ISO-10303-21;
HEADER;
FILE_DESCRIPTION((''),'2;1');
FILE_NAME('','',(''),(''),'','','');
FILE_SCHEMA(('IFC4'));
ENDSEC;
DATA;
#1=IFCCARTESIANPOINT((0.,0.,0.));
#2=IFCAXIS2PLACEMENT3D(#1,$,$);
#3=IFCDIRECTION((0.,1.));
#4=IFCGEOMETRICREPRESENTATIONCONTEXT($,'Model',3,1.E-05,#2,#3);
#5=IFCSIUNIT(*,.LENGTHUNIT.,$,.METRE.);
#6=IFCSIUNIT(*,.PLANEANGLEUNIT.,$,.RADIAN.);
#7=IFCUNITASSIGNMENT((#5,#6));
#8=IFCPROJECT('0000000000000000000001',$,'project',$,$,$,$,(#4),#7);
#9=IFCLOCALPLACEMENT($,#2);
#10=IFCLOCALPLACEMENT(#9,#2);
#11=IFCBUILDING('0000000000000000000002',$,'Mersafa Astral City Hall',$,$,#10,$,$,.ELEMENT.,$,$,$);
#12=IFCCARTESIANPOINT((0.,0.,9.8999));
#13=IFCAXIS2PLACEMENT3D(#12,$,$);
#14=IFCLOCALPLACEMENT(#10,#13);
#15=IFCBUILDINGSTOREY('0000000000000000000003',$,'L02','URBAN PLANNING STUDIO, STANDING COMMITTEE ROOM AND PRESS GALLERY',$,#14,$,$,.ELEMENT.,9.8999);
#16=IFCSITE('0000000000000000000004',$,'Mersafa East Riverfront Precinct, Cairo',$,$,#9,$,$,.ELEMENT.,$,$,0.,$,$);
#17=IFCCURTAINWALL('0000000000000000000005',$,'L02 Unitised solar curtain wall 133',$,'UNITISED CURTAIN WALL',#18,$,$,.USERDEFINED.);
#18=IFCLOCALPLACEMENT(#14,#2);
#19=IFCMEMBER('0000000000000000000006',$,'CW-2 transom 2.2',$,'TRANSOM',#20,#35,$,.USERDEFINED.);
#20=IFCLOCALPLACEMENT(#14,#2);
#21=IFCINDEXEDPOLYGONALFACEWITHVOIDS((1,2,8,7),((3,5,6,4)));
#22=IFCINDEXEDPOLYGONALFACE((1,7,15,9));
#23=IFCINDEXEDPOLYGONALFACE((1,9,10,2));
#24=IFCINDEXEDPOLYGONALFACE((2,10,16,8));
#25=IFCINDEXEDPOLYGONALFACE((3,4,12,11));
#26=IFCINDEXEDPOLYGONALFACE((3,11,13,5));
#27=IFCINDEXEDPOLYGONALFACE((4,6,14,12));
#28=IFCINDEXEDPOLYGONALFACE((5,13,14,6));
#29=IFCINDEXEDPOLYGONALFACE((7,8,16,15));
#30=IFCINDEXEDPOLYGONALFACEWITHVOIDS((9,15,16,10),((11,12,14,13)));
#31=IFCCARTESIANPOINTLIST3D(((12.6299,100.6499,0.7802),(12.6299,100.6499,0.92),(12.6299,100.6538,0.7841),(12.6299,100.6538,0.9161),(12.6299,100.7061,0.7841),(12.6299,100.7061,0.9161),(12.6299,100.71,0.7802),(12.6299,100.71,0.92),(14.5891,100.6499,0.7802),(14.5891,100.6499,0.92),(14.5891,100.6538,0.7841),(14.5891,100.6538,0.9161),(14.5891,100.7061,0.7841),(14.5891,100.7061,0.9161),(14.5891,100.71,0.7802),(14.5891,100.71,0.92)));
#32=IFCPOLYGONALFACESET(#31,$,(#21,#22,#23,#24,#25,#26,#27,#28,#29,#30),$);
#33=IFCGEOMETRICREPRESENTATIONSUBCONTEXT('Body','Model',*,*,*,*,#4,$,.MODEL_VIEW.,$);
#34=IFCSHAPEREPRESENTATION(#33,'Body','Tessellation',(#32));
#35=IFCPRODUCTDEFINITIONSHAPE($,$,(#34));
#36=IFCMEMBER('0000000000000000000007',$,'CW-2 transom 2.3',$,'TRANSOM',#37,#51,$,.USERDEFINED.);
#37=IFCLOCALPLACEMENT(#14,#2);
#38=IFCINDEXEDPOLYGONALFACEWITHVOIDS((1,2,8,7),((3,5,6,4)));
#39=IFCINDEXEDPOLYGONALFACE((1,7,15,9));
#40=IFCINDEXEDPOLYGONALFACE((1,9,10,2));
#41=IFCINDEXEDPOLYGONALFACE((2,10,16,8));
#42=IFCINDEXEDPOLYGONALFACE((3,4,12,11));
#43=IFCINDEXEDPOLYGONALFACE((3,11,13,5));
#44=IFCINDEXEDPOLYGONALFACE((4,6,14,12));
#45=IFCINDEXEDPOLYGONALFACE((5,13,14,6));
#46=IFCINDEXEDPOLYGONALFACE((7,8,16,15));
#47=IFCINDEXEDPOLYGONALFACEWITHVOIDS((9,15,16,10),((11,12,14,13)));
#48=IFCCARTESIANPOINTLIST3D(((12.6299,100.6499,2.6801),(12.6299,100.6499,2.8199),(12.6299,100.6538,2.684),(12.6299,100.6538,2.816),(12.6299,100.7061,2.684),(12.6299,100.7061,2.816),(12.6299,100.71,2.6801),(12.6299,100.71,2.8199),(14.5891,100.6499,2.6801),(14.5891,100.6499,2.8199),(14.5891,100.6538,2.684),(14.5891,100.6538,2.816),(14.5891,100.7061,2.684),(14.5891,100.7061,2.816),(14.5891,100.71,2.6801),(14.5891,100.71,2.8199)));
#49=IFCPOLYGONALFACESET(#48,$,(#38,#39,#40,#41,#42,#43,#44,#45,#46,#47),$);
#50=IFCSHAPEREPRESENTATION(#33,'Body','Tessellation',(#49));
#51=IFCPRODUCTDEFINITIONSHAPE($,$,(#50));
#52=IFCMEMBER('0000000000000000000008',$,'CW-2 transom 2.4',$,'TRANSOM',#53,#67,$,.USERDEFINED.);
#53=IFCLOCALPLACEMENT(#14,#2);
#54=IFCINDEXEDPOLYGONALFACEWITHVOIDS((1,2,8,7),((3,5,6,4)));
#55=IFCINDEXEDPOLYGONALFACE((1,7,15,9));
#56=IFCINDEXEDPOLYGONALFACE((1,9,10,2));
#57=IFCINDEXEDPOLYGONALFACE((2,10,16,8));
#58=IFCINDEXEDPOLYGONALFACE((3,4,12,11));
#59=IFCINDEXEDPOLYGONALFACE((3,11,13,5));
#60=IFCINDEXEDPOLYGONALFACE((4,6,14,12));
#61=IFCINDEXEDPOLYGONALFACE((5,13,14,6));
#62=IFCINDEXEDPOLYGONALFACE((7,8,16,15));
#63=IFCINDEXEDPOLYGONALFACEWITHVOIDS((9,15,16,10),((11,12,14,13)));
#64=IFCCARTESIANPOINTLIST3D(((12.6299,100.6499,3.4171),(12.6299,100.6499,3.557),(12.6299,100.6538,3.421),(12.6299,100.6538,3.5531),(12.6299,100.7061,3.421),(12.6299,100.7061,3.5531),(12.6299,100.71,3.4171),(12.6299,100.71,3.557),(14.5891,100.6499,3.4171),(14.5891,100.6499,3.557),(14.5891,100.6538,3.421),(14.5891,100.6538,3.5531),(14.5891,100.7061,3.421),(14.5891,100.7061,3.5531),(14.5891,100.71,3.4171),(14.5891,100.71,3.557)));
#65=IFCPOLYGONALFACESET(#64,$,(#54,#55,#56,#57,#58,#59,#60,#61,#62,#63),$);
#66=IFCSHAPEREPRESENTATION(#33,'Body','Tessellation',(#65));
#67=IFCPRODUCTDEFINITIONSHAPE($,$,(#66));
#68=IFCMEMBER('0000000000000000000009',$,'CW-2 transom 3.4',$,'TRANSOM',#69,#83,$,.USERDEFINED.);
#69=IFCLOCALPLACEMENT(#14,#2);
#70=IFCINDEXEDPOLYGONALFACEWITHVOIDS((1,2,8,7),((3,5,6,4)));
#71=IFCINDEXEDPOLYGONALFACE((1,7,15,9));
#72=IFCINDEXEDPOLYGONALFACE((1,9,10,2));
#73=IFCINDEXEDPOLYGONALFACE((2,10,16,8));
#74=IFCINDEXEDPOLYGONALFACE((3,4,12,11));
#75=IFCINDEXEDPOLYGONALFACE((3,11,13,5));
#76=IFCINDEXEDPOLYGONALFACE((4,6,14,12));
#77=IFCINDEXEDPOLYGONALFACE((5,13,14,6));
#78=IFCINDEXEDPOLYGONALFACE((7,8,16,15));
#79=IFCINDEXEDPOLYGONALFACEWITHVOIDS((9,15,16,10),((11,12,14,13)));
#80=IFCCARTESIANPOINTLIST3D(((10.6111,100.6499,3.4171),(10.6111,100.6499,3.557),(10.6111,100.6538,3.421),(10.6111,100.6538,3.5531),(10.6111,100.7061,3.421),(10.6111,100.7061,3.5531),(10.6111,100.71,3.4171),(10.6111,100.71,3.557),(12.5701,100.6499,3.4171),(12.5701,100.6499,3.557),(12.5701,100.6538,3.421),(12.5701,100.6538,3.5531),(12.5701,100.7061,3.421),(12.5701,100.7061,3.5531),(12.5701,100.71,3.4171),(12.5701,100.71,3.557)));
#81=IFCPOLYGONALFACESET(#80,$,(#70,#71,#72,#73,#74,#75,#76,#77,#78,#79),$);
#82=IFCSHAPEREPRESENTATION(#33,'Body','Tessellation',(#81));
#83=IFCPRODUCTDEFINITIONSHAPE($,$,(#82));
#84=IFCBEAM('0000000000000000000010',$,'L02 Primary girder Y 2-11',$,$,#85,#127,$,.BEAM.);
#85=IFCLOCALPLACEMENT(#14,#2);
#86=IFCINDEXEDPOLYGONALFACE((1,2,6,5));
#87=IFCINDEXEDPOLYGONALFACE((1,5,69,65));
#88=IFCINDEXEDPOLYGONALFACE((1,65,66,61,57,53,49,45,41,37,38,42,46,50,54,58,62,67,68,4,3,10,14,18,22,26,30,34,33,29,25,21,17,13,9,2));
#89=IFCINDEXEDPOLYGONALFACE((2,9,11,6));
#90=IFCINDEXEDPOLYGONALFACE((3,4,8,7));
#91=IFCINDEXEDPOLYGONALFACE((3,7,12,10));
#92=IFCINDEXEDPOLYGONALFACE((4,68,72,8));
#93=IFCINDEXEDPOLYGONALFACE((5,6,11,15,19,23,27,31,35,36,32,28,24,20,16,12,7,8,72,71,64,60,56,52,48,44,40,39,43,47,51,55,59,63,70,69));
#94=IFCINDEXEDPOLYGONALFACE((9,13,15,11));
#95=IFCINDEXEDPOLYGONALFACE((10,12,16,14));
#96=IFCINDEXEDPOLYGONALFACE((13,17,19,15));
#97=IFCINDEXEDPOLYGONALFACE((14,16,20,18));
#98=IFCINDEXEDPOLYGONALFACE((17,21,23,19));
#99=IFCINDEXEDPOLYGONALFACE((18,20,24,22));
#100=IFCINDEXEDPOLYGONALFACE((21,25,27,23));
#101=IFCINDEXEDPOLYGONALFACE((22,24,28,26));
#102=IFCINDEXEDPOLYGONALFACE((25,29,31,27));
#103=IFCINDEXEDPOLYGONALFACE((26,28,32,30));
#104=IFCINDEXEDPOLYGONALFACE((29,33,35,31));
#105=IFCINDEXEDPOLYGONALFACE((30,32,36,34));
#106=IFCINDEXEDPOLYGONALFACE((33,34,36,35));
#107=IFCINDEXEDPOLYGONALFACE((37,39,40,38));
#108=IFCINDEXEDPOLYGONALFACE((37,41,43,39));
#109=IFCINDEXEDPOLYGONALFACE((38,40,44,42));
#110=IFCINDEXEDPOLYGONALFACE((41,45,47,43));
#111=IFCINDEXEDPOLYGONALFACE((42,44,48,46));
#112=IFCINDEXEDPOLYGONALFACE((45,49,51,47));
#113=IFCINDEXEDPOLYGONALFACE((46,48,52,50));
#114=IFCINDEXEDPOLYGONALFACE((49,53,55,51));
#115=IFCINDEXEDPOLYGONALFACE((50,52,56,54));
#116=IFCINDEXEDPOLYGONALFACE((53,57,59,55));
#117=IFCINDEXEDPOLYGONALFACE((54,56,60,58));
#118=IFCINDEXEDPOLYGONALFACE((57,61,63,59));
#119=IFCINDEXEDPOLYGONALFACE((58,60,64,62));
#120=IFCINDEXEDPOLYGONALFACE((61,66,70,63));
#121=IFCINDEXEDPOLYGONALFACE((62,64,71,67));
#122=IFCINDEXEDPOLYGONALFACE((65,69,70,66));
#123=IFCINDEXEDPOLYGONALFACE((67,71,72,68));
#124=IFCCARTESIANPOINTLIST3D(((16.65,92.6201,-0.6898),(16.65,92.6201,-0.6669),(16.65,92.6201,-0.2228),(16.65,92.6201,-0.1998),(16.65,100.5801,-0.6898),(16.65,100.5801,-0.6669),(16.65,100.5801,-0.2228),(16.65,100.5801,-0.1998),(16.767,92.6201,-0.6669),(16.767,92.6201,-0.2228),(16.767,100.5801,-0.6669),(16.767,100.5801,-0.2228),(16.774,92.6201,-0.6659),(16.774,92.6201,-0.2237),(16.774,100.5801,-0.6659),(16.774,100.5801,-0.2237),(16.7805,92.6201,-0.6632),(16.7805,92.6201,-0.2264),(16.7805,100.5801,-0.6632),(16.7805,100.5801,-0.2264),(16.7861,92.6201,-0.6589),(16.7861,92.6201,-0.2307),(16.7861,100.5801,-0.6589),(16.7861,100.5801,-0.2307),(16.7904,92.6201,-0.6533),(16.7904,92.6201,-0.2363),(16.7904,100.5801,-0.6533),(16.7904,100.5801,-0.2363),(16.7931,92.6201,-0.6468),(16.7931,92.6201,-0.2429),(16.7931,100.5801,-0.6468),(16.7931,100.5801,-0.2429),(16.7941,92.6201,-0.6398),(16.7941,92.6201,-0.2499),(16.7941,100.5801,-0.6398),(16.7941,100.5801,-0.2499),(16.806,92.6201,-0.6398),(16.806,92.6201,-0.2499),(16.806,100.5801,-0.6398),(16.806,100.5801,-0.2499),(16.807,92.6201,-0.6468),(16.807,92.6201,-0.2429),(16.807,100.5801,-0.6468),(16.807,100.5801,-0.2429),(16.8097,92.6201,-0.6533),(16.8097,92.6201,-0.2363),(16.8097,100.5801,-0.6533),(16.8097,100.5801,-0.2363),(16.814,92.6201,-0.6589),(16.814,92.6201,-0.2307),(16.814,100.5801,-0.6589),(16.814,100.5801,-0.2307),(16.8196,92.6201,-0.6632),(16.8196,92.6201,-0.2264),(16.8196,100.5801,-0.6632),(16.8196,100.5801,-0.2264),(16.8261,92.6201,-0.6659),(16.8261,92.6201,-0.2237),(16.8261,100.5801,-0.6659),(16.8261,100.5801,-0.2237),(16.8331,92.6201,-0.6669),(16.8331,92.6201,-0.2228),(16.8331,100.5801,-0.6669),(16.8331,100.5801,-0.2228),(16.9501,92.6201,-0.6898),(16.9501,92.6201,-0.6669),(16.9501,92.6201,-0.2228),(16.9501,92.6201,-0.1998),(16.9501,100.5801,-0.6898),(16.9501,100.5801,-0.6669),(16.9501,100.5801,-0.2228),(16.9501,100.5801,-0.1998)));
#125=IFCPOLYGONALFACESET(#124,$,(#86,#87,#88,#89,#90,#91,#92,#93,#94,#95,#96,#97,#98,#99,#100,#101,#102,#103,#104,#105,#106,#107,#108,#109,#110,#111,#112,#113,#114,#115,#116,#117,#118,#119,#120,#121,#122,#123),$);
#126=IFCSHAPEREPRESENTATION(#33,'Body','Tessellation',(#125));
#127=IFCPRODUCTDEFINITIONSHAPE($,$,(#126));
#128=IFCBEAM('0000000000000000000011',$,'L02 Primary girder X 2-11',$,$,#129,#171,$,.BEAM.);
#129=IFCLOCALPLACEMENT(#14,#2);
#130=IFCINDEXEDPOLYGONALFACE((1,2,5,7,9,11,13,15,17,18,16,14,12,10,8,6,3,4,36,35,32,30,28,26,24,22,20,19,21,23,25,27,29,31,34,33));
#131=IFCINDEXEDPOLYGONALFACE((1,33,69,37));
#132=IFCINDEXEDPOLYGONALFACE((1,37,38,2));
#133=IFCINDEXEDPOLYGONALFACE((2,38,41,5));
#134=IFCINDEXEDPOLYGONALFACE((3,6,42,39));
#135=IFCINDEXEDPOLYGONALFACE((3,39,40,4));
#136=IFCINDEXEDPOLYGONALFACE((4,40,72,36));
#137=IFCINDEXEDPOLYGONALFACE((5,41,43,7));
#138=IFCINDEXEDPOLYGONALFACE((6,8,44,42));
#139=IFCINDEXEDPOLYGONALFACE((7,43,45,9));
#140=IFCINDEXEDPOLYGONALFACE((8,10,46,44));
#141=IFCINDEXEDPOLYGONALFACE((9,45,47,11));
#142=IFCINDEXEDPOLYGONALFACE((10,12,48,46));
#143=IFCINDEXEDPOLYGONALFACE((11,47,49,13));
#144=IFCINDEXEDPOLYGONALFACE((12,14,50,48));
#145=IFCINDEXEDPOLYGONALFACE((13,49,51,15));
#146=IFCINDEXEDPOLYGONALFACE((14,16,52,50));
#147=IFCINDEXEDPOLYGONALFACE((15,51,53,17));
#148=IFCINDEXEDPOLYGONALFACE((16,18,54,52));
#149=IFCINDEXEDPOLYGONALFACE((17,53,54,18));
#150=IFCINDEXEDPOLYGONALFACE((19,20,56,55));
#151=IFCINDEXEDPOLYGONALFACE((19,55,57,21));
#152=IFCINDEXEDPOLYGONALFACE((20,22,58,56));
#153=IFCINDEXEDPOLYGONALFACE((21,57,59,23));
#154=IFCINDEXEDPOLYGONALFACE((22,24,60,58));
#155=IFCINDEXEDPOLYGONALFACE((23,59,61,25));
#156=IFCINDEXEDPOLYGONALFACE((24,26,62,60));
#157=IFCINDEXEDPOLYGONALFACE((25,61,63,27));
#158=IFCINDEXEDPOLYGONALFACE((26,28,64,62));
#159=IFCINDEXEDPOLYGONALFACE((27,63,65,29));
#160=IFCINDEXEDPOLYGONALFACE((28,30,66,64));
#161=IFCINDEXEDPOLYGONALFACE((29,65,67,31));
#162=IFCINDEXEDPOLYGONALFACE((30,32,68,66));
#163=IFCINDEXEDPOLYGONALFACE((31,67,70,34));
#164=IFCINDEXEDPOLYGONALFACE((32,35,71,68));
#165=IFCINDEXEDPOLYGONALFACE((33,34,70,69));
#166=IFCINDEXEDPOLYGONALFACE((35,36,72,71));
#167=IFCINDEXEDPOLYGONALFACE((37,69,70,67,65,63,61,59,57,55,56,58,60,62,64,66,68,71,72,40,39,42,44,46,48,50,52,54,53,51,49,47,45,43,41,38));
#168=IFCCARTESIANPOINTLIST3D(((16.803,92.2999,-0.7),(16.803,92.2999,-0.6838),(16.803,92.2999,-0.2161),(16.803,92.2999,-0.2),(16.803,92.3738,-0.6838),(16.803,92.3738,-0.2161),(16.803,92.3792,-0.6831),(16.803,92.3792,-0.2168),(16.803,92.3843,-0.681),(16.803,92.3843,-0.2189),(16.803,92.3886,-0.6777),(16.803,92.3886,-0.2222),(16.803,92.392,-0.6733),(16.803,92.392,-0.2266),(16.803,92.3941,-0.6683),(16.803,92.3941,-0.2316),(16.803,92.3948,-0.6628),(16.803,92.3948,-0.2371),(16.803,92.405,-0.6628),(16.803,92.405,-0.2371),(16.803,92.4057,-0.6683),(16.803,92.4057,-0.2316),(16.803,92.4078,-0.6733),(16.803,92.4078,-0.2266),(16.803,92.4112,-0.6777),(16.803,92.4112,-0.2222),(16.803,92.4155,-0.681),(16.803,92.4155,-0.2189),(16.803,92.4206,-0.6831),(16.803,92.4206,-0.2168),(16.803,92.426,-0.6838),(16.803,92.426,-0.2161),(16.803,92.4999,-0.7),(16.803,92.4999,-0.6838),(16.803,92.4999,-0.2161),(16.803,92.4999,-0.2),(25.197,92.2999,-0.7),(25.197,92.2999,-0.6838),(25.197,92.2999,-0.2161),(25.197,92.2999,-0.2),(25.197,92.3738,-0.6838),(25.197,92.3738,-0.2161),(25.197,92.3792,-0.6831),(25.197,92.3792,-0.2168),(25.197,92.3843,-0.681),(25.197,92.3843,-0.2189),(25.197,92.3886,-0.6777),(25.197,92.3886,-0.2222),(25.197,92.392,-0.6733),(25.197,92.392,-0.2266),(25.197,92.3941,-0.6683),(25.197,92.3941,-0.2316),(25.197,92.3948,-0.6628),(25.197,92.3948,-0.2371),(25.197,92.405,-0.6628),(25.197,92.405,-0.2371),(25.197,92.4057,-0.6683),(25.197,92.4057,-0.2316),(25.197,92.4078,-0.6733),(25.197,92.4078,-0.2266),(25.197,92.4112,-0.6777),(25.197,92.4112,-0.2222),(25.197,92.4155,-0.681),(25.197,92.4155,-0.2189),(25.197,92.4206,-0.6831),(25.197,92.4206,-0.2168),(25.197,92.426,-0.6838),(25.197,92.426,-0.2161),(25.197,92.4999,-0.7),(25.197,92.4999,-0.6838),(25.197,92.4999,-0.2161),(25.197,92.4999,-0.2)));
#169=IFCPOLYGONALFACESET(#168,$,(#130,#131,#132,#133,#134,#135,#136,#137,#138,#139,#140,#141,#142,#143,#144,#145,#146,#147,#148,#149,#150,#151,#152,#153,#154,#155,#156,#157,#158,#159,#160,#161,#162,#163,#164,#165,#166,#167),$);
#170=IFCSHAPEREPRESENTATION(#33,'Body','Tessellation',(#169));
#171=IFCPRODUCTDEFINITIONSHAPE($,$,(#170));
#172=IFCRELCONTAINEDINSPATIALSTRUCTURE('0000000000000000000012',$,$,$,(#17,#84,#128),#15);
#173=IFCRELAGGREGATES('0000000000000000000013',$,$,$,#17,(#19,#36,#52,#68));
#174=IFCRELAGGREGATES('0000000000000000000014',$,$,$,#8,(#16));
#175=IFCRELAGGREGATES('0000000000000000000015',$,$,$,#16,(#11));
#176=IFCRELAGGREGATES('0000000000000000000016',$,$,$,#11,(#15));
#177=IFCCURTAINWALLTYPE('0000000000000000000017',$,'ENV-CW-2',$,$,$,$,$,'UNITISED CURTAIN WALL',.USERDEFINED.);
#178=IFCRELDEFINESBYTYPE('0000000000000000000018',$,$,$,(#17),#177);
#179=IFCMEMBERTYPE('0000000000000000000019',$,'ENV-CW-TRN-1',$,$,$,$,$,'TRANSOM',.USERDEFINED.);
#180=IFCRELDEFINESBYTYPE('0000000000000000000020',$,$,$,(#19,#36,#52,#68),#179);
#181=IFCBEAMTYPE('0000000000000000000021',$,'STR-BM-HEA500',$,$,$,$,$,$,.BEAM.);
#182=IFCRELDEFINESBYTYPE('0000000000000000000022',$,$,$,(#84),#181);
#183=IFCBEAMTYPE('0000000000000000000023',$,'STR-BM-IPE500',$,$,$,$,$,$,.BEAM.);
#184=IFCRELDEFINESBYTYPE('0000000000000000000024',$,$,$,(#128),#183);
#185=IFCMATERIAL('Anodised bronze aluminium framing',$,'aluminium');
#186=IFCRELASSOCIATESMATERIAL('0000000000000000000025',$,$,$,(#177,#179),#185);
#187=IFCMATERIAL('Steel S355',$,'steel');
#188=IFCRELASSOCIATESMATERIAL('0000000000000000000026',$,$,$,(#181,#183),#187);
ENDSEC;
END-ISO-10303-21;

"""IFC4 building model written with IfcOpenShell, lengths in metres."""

from ifc_helpers import new_model, si_unit, direction, frame, origin, origin_2d, place, context, subcontext, project, spatial, hollow_rectangle, i_section, extrude, material, material_profile, profile_set, type_object, element, aggregate, save


model = new_model("IFC4")

# Units and contexts
model_context = context("Model", 3, precision=1e-05, world=origin(), true_north=direction((0.0, 1.0)))
body_context = subcontext(model_context, "Body", "Model", "MODEL_VIEW")
ifc_project = project(units=[si_unit("LENGTHUNIT", "METRE"), si_unit("PLANEANGLEUNIT", "RADIAN")], contexts=[model_context])

# Site, building, storey
site_placement = place(None, origin())
site = spatial("IfcSite", under=ifc_project, at=site_placement, Name="Mersafa East Riverfront Precinct, Cairo", CompositionType="ELEMENT", RefElevation=0.0)
building_placement = place(site_placement, origin())
building = spatial("IfcBuilding", under=site, at=building_placement, Name="Mersafa Astral City Hall", CompositionType="ELEMENT")
storey_placement = place(building_placement, frame((0.0, 0.0, 9.8999)))
storey = spatial("IfcBuildingStorey", under=building, at=storey_placement, Name="L02", Description="URBAN PLANNING STUDIO, STANDING COMMITTEE ROOM AND PRESS GALLERY", CompositionType="ELEMENT", Elevation=9.8999)

# Shared definitions
ifc_material_1 = material(Name="Steel S355", Category="steel")

# Curtain wall, members
ifc_material_2 = material(Name="Anodised bronze aluminium framing", Category="aluminium")
curtain_wall_type = type_object("IfcCurtainWallType", Name="ENV-CW-2", ElementType="UNITISED CURTAIN WALL", PredefinedType="USERDEFINED", material=ifc_material_2)
curtain_wall_placement = place(storey_placement, origin())
curtain_wall = element("IfcCurtainWall", 1, at=curtain_wall_placement, inside=storey, type_object=curtain_wall_type, Name="L02 Unitised solar curtain wall 133", ObjectType="UNITISED CURTAIN WALL", PredefinedType="USERDEFINED")
ifc_material_profile_1 = material_profile(ifc_material_2, hollow_rectangle(XDim=0.0601, YDim=0.1399, WallThickness=0.0039, at=origin_2d()), Name="RHS 60x140x4")
ifc_profile_set_1 = profile_set([ifc_material_profile_1], Name="Anodised bronze aluminium framing")
member_type_1 = type_object("IfcMemberType", Name="ENV-CW-TRN-1", ElementType="TRANSOM", PredefinedType="USERDEFINED", material=ifc_profile_set_1)
member_1_placement = place(storey_placement, frame((14.5891, 100.6799, 0.8501), z_axis=(-1.0, 0.0, 0.0), x_axis=(0.0, -1.0, 0.0)))
member_1 = element("IfcMember", 2, at=member_1_placement, type_object=member_type_1, Name="CW-2 transom 2.2", ObjectType="TRANSOM", PredefinedType="USERDEFINED", context=body_context, shape_type="SweptSolid", body=[
    extrude(hollow_rectangle(XDim=0.0601, YDim=0.1399, WallThickness=0.0039, at=origin_2d()), origin(), (0.0, 0.0, 1.0), 1.9592),
])
member_2_placement = place(storey_placement, frame((14.5891, 100.6799, 2.75), z_axis=(-1.0, 0.0, 0.0), x_axis=(0.0, -1.0, 0.0)))
member_2 = element("IfcMember", 3, at=member_2_placement, type_object=member_type_1, Name="CW-2 transom 2.3", ObjectType="TRANSOM", PredefinedType="USERDEFINED", context=body_context, shape_type="SweptSolid", body=[
    extrude(hollow_rectangle(XDim=0.0601, YDim=0.1399, WallThickness=0.0039, at=origin_2d()), origin(), (0.0, 0.0, 1.0), 1.9592),
])
member_3_placement = place(storey_placement, frame((14.5891, 100.6799, 3.4871), z_axis=(-1.0, 0.0, 0.0), x_axis=(0.0, -1.0, 0.0)))
member_3 = element("IfcMember", 4, at=member_3_placement, type_object=member_type_1, Name="CW-2 transom 2.4", ObjectType="TRANSOM", PredefinedType="USERDEFINED", context=body_context, shape_type="SweptSolid", body=[
    extrude(hollow_rectangle(XDim=0.0601, YDim=0.1399, WallThickness=0.0039, at=origin_2d()), origin(), (0.0, 0.0, 1.0), 1.9592),
])
member_4_placement = place(storey_placement, frame((12.5701, 100.6799, 3.4871), z_axis=(-1.0, 0.0, 0.0), x_axis=(0.0, -1.0, 0.0)))
member_4 = element("IfcMember", 5, at=member_4_placement, type_object=member_type_1, Name="CW-2 transom 3.4", ObjectType="TRANSOM", PredefinedType="USERDEFINED", context=body_context, shape_type="SweptSolid", body=[
    extrude(hollow_rectangle(XDim=0.0601, YDim=0.1399, WallThickness=0.0039, at=origin_2d()), origin(), (0.0, 0.0, 1.0), 1.959),
])

# Beams
ifc_material_profile_2 = material_profile(ifc_material_1, i_section(OverallWidth=0.3, OverallDepth=0.49, WebThickness=0.012, FlangeThickness=0.0229, FilletRadius=0.0271, at=origin_2d()), Name="HEA 500")
ifc_profile_set_2 = profile_set([ifc_material_profile_2], Name="Steel S355")
beam_type_1 = type_object("IfcBeamType", Name="STR-BM-HEA500", PredefinedType="BEAM", material=ifc_profile_set_2)
beam_1_placement = place(storey_placement, frame((16.8, 92.6201, -0.4448), z_axis=(0.0, 1.0, 0.0), x_axis=(-1.0, 0.0, 0.0)))
element("IfcBeam", 6, at=beam_1_placement, inside=storey, type_object=beam_type_1, Name="L02 Primary girder Y 2-11", PredefinedType="BEAM", context=body_context, shape_type="SweptSolid", body=[
    extrude(i_section(OverallWidth=0.3, OverallDepth=0.49, WebThickness=0.012, FlangeThickness=0.0229, FilletRadius=0.0271, at=origin_2d()), origin(), (0.0, 0.0, 1.0), 7.96),
])
ifc_material_profile_3 = material_profile(ifc_material_1, i_section(OverallWidth=0.2, OverallDepth=0.5, WebThickness=0.0103, FlangeThickness=0.0161, FilletRadius=0.021, at=origin_2d()), Name="IPE 500")
ifc_profile_set_3 = profile_set([ifc_material_profile_3], Name="Steel S355")
beam_type_2 = type_object("IfcBeamType", Name="STR-BM-IPE500", PredefinedType="BEAM", material=ifc_profile_set_3)
beam_2_placement = place(storey_placement, frame((16.803, 92.3999, -0.45), z_axis=(1.0, 0.0, 0.0), x_axis=(0.0, 1.0, 0.0)))
element("IfcBeam", 7, at=beam_2_placement, inside=storey, type_object=beam_type_2, Name="L02 Primary girder X 2-11", PredefinedType="BEAM", context=body_context, shape_type="SweptSolid", body=[
    extrude(i_section(OverallWidth=0.2, OverallDepth=0.5, WebThickness=0.0103, FlangeThickness=0.0161, FilletRadius=0.021, at=origin_2d()), origin(), (0.0, 0.0, 1.0), 8.394),
])

aggregate(curtain_wall, [member_1, member_2, member_3, member_4])

save(model, "model.ifc")
